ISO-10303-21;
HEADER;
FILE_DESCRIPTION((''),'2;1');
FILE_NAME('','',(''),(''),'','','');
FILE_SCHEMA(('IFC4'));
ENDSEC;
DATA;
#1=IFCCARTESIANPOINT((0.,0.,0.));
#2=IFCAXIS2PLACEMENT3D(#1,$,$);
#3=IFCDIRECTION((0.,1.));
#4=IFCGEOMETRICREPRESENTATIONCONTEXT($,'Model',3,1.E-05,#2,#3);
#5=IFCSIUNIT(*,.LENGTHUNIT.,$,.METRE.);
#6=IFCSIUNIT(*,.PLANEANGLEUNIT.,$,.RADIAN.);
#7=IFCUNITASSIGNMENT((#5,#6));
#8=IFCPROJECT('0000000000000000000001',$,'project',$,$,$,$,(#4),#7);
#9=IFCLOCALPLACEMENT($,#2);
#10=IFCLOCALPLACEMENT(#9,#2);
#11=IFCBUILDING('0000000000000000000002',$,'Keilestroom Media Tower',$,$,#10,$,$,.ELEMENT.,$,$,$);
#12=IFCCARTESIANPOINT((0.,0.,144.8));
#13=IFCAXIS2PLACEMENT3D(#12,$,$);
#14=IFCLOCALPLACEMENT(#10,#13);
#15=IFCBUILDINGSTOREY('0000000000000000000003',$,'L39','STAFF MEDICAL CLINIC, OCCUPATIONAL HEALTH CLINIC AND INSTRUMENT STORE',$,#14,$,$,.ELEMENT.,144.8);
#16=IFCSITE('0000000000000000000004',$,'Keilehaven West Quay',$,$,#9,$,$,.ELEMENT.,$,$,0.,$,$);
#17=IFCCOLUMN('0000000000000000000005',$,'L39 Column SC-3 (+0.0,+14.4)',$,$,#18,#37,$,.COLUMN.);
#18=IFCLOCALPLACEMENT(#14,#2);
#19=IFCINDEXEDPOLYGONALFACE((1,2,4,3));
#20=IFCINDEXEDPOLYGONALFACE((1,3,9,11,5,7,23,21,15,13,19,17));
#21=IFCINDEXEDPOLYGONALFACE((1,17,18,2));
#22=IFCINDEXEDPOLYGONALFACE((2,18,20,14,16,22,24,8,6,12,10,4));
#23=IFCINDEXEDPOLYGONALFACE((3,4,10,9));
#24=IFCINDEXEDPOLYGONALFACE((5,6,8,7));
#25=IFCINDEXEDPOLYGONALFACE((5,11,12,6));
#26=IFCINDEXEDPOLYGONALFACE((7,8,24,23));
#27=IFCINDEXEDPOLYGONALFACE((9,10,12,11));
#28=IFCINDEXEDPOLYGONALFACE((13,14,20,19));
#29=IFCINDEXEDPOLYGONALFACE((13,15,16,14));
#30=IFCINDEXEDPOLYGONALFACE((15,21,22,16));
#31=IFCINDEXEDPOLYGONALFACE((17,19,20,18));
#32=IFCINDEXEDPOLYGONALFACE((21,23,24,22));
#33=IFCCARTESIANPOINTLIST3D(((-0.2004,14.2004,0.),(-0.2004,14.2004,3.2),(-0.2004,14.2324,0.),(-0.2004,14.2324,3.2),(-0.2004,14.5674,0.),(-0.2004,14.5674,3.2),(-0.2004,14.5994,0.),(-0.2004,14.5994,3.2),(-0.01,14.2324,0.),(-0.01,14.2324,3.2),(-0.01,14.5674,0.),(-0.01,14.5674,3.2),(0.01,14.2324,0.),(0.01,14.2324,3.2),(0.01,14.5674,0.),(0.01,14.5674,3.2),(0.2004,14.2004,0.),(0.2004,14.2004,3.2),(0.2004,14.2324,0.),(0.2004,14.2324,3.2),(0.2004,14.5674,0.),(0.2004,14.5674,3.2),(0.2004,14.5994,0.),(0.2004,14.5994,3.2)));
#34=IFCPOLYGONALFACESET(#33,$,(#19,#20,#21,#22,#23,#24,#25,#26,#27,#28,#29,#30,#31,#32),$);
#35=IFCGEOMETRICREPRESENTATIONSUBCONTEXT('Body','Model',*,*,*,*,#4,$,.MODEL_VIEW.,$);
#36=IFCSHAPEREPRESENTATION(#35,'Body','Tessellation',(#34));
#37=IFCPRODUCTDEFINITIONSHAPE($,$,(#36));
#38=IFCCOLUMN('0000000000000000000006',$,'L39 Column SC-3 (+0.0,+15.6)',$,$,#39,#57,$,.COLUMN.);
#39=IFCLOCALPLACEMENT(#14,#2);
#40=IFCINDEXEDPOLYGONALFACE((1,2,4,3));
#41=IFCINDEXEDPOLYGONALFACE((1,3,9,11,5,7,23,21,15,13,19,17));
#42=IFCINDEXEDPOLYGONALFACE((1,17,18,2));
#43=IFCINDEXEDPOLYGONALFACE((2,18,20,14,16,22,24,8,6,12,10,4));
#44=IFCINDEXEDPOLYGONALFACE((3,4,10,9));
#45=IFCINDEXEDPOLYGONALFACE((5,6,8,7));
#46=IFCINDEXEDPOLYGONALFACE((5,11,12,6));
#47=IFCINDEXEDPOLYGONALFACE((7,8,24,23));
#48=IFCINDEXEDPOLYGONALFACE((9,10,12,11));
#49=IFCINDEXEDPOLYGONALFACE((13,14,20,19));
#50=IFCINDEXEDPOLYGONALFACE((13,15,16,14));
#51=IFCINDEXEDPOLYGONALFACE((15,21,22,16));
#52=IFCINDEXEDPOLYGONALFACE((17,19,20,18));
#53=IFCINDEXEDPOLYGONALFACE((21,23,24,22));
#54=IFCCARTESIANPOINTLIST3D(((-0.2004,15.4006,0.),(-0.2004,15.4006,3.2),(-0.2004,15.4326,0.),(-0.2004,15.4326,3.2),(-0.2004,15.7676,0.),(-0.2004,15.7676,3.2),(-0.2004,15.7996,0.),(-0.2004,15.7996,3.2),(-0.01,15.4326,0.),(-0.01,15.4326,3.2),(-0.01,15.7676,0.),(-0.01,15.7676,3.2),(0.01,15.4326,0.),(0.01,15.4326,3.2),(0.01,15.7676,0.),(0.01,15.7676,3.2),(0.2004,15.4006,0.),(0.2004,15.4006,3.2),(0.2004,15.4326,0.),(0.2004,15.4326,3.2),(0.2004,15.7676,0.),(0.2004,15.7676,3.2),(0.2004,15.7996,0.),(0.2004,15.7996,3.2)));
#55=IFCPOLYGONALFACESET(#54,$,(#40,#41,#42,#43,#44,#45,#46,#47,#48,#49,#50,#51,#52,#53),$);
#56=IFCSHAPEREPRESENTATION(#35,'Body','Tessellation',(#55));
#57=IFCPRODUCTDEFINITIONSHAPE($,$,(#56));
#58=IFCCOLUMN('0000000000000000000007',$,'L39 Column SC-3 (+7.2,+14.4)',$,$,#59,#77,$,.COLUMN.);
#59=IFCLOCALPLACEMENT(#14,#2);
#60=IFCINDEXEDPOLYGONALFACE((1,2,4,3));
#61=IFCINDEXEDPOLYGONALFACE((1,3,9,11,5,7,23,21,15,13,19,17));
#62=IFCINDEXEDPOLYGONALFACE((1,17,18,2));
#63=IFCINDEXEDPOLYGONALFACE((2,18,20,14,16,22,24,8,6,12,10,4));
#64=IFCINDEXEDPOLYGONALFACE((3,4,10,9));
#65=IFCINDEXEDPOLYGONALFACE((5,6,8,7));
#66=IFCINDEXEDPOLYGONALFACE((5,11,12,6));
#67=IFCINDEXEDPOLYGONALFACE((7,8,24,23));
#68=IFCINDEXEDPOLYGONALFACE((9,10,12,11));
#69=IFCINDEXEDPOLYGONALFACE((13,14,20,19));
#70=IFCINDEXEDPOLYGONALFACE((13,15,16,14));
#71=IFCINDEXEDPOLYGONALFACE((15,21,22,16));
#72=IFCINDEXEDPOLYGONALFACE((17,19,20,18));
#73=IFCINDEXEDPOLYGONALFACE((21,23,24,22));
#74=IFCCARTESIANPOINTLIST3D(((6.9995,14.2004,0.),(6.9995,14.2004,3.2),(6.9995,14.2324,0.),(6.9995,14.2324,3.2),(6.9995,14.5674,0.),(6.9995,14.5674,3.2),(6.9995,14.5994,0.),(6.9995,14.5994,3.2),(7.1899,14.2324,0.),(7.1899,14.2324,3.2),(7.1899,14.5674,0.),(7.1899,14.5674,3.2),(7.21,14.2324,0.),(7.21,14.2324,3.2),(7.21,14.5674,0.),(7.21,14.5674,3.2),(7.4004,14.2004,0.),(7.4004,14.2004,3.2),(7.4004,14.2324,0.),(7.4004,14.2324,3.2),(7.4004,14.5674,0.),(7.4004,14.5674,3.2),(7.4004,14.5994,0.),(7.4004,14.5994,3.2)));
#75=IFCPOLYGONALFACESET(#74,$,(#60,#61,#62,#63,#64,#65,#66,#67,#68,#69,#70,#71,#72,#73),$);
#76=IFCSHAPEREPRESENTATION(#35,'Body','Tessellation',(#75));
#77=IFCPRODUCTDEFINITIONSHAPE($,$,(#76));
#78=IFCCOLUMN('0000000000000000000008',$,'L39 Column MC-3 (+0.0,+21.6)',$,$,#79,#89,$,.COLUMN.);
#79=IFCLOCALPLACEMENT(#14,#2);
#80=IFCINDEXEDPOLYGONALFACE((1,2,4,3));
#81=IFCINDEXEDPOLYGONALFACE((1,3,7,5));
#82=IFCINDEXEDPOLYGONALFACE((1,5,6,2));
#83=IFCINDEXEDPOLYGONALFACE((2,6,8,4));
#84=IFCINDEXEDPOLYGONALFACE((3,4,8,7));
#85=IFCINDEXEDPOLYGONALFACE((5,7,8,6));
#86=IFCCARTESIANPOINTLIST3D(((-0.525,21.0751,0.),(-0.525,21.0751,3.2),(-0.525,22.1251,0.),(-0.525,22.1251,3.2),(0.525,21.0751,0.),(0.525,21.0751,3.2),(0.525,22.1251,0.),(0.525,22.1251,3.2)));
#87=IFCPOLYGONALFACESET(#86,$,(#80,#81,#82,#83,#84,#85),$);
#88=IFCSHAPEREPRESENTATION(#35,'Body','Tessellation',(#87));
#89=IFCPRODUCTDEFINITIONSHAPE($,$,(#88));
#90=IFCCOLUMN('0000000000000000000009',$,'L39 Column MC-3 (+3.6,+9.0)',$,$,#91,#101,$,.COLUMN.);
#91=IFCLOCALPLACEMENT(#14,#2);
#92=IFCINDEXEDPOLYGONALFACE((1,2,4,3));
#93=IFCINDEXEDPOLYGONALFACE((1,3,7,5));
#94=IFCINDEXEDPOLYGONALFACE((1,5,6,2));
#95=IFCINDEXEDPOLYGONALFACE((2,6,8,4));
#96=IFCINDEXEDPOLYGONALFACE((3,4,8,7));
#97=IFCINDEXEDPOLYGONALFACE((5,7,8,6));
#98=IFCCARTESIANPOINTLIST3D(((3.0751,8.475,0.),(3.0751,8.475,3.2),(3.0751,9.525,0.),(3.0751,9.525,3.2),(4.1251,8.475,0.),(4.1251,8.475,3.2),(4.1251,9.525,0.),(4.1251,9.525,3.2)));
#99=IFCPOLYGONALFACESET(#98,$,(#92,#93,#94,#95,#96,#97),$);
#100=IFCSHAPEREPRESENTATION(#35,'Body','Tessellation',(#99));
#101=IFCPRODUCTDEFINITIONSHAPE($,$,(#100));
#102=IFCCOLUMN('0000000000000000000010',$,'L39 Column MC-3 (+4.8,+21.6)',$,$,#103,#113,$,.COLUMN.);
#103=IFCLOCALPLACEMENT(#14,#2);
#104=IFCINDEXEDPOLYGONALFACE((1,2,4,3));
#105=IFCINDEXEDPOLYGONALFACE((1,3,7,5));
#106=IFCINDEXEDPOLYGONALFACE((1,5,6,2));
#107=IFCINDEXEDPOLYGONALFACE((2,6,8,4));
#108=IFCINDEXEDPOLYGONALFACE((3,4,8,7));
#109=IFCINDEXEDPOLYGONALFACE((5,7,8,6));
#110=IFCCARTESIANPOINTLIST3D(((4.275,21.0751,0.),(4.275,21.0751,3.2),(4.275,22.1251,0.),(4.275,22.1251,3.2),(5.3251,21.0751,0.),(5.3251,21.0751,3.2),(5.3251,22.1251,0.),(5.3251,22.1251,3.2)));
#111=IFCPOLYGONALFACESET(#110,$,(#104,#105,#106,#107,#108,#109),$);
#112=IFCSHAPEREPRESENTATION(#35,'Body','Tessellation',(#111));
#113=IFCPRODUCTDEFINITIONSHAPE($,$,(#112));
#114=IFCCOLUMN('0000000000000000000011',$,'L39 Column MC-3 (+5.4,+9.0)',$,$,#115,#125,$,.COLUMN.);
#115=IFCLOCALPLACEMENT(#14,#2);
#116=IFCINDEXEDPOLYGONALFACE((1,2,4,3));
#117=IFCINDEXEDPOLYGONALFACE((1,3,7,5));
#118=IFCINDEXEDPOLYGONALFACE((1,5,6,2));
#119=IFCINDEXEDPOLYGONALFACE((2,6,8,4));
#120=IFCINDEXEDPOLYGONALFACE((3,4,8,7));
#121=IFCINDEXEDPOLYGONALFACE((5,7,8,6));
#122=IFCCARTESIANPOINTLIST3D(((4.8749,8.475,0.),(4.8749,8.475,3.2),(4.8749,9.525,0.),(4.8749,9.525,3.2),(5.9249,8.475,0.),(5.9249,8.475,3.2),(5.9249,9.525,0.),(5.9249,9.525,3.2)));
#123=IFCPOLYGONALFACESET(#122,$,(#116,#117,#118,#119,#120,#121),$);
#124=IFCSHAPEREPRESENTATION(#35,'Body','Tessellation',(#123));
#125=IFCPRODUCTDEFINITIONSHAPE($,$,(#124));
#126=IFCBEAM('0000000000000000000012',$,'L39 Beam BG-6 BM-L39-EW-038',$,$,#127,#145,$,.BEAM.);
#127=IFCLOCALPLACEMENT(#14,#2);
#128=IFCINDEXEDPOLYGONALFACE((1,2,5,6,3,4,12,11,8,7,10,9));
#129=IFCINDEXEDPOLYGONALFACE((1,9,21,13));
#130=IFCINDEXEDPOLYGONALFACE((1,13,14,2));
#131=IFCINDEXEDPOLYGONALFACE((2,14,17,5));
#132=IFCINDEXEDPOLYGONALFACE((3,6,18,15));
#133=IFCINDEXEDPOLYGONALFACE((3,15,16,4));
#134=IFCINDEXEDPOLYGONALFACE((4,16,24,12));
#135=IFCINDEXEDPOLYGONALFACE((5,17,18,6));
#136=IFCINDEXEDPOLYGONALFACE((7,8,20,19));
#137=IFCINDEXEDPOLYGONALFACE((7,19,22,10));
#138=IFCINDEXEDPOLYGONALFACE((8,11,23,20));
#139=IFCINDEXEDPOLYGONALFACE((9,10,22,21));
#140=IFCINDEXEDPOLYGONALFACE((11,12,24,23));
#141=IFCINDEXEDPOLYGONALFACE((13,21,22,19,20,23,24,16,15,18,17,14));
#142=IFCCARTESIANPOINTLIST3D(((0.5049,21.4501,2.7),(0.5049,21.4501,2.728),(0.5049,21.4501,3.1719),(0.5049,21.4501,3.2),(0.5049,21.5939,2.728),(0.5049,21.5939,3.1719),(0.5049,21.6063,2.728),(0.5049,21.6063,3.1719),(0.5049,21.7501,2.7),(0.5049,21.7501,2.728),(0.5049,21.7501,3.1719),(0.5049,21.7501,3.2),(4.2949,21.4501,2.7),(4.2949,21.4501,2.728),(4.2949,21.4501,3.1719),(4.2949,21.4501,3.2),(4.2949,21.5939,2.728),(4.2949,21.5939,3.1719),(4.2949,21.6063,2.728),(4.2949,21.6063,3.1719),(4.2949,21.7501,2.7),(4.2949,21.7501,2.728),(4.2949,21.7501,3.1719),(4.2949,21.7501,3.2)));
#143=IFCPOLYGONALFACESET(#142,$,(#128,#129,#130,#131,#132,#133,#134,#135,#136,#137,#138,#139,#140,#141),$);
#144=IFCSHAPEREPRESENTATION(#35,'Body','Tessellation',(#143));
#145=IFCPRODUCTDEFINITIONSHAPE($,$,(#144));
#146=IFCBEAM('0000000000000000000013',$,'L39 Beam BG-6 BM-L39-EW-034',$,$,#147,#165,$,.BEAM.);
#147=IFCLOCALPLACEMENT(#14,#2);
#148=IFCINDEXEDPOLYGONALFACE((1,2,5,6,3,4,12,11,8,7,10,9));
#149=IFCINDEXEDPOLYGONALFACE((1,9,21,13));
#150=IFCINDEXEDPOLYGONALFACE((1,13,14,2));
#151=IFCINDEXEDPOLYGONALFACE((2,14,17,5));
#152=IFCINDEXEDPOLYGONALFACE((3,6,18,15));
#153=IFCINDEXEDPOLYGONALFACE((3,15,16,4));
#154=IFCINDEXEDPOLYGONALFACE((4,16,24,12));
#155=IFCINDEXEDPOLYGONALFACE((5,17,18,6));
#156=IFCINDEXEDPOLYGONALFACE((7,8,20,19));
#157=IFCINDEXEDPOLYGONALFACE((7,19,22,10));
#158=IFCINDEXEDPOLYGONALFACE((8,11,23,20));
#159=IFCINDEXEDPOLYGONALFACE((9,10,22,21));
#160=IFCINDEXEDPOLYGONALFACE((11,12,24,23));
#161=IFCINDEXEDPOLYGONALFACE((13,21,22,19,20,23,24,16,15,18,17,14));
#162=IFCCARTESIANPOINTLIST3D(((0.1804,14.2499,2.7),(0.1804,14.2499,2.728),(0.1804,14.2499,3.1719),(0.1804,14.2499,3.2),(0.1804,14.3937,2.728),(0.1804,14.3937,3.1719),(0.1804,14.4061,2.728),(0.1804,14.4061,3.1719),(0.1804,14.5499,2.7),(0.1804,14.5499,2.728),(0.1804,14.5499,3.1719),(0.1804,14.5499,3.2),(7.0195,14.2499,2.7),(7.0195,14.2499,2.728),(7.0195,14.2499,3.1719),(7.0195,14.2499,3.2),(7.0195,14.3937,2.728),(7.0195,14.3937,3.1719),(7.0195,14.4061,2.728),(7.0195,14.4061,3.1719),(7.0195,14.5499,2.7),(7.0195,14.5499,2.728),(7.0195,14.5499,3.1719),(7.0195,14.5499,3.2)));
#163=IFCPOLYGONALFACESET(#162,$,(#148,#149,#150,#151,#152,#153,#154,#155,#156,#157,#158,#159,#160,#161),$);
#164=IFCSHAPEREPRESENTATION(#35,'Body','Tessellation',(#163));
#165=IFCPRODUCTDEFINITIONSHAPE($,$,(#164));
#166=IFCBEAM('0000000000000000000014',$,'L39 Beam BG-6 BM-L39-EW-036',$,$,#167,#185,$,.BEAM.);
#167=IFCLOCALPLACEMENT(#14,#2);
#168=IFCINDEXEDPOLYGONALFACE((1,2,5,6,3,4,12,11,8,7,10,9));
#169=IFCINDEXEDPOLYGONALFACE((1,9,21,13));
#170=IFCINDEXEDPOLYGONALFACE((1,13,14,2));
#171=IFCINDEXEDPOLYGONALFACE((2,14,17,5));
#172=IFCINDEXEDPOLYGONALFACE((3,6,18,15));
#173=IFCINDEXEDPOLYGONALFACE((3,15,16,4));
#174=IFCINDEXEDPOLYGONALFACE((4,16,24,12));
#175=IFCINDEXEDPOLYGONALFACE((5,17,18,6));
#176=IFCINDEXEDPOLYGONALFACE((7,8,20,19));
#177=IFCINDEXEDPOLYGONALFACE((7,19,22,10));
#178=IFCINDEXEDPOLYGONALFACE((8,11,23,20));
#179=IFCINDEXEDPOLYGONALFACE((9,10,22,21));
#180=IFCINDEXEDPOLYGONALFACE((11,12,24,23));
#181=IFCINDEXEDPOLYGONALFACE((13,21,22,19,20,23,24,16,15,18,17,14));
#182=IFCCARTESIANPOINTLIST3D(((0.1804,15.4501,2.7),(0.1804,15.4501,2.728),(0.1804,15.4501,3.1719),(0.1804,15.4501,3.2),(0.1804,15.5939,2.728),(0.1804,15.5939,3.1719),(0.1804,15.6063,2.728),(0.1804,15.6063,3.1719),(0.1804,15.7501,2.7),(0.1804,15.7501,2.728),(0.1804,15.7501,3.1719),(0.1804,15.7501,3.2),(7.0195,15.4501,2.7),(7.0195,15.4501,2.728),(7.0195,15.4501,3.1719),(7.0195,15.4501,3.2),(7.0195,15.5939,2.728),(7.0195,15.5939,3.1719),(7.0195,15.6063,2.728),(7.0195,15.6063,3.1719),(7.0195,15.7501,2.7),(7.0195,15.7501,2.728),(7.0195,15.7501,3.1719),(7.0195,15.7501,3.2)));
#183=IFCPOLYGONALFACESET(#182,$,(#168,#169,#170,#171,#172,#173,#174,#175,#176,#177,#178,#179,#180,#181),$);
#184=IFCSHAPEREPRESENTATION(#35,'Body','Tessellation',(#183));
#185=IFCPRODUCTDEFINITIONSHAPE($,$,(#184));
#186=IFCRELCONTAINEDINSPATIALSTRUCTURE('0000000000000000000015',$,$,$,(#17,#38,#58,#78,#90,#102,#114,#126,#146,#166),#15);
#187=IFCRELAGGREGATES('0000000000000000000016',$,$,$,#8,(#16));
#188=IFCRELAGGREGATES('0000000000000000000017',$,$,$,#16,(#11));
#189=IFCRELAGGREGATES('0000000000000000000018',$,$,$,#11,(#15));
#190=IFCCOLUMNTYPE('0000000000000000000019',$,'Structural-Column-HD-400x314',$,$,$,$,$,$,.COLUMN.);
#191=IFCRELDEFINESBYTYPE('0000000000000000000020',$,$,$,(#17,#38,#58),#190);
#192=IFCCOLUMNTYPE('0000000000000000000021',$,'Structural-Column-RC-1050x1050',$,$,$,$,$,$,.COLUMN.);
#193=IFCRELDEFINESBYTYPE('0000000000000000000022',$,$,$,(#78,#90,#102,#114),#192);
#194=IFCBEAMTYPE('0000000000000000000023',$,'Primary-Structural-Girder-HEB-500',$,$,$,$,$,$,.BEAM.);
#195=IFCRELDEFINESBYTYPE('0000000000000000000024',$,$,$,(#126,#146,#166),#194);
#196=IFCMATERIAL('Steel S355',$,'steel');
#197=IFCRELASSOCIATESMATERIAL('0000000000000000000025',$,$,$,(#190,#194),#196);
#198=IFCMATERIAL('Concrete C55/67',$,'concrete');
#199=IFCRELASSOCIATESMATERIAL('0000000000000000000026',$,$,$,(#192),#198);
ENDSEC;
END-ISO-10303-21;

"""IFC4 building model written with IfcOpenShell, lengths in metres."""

from ifc_helpers import new_model, si_unit, direction, frame, origin, origin_2d, place, context, subcontext, project, spatial, rectangle, i_section, extrude, source, transform, mapped, material, material_profile, profile_set, type_object, element, save


model = new_model("IFC4")

# Units and contexts
model_context = context("Model", 3, precision=1e-05, world=origin(), true_north=direction((0.0, 1.0)))
body_context = subcontext(model_context, "Body", "Model", "MODEL_VIEW")
ifc_project = project(units=[si_unit("LENGTHUNIT", "METRE"), si_unit("PLANEANGLEUNIT", "RADIAN")], contexts=[model_context])

# Site, building, storey
site_placement = place(None, origin())
site = spatial("IfcSite", under=ifc_project, at=site_placement, Name="Keilehaven West Quay", CompositionType="ELEMENT", RefElevation=0.0)
building_placement = place(site_placement, origin())
building = spatial("IfcBuilding", under=site, at=building_placement, Name="Keilestroom Media Tower", CompositionType="ELEMENT")
storey_placement = place(building_placement, frame((0.0, 0.0, 144.8)))
storey = spatial("IfcBuildingStorey", under=building, at=storey_placement, Name="L39", Description="STAFF MEDICAL CLINIC, OCCUPATIONAL HEALTH CLINIC AND INSTRUMENT STORE", CompositionType="ELEMENT", Elevation=144.8)

# Columns
ifc_material_1 = material(Name="Steel S355", Category="steel")
ifc_material_profile_1 = material_profile(ifc_material_1, i_section(OverallWidth=0.4009, OverallDepth=0.3989, WebThickness=0.02, FlangeThickness=0.032, at=origin_2d()), Name="HD 400x314")
ifc_profile_set_1 = profile_set([ifc_material_profile_1], Name="Steel S355")
column_type_1 = type_object("IfcColumnType", Name="Structural-Column-HD-400x314", PredefinedType="COLUMN", material=ifc_profile_set_1)
shared_shape_1 = source(origin(), body_context, "Body", "SweptSolid", [
    extrude(i_section(OverallWidth=0.4009, OverallDepth=0.3989, WebThickness=0.02, FlangeThickness=0.032, at=origin_2d()), origin(), (0.0, 0.0, 1.0), 3.2),
])
for number, where, z_axis, x_axis, name in (
    (1, (0.0, 14.3999, 0.0), (0.0, 0.0, 1.0), (1.0, 0.0, 0.0), "L39 Column SC-3 (+0.0,+14.4)"),
    (2, (0.0, 15.6001, 0.0), (0.0, 0.0, 1.0), (1.0, 0.0, 0.0), "L39 Column SC-3 (+0.0,+15.6)"),
    (3, (7.2, 14.3999, 0.0), (0.0, 0.0, 1.0), (1.0, 0.0, 0.0), "L39 Column SC-3 (+7.2,+14.4)"),
):
    element("IfcColumn", number, at=place(storey_placement, frame(where, z_axis=z_axis, x_axis=x_axis)), inside=storey, type_object=column_type_1, Name=name, PredefinedType="COLUMN", context=body_context, shape_type="MappedRepresentation", body=[
        mapped(shared_shape_1, transform((0.0, 0.0, 0.0), x_axis=(1.0, 0.0, 0.0), y_axis=(0.0, 1.0, 0.0), z_axis=(0.0, 0.0, 1.0), scale=1.0)),
    ])
ifc_material_2 = material(Name="Concrete C55/67", Category="concrete")
ifc_material_profile_2 = material_profile(ifc_material_2, rectangle(XDim=1.05, YDim=1.05, at=origin_2d()), Name="RC 1050x1050")
ifc_profile_set_2 = profile_set([ifc_material_profile_2], Name="Concrete C55/67")
column_type_2 = type_object("IfcColumnType", Name="Structural-Column-RC-1050x1050", PredefinedType="COLUMN", material=ifc_profile_set_2)
shared_shape_2 = source(origin(), body_context, "Body", "SweptSolid", [
    extrude(rectangle(XDim=1.05, YDim=1.05, at=origin_2d()), origin(), (0.0, 0.0, 1.0), 3.2),
])
for number, where, z_axis, x_axis, name in (
    (4, (0.0, 21.6001, 0.0), (0.0, 0.0, 1.0), (1.0, 0.0, 0.0), "L39 Column MC-3 (+0.0,+21.6)"),
    (5, (3.6001, 9.0, 0.0), (0.0, 0.0, 1.0), (1.0, 0.0, 0.0), "L39 Column MC-3 (+3.6,+9.0)"),
    (6, (4.8, 21.6001, 0.0), (0.0, 0.0, 1.0), (1.0, 0.0, 0.0), "L39 Column MC-3 (+4.8,+21.6)"),
    (7, (5.3999, 9.0, 0.0), (0.0, 0.0, 1.0), (1.0, 0.0, 0.0), "L39 Column MC-3 (+5.4,+9.0)"),
):
    element("IfcColumn", number, at=place(storey_placement, frame(where, z_axis=z_axis, x_axis=x_axis)), inside=storey, type_object=column_type_2, Name=name, PredefinedType="COLUMN", context=body_context, shape_type="MappedRepresentation", body=[
        mapped(shared_shape_2, transform((0.0, 0.0, 0.0), x_axis=(1.0, 0.0, 0.0), y_axis=(0.0, 1.0, 0.0), z_axis=(0.0, 0.0, 1.0), scale=1.0)),
    ])

# Beams
ifc_material_profile_3 = material_profile(ifc_material_1, i_section(OverallWidth=0.3, OverallDepth=0.5, WebThickness=0.0125, FlangeThickness=0.0281, at=origin_2d()), Name="HEB 500")
ifc_profile_set_3 = profile_set([ifc_material_profile_3], Name="Steel S355")
beam_type_1 = type_object("IfcBeamType", Name="Primary-Structural-Girder-HEB-500", PredefinedType="BEAM", material=ifc_profile_set_3)
shared_shape_3 = source(origin(), body_context, "Body", "SweptSolid", [
    extrude(i_section(OverallWidth=0.3, OverallDepth=0.5, WebThickness=0.0125, FlangeThickness=0.0281, at=origin_2d()), origin(), (0.0, 0.0, 1.0), 3.79),
])
beam_1_placement = place(storey_placement, frame((0.5049, 21.6001, 2.95), z_axis=(1.0, 0.0, 0.0), x_axis=(0.0, 1.0, 0.0)))
element("IfcBeam", 8, at=beam_1_placement, inside=storey, type_object=beam_type_1, Name="L39 Beam BG-6 BM-L39-EW-038", PredefinedType="BEAM", context=body_context, shape_type="MappedRepresentation", body=[
    mapped(shared_shape_3, transform((0.0, 0.0, 0.0), x_axis=(1.0, 0.0, 0.0), y_axis=(0.0, 1.0, 0.0), z_axis=(0.0, 0.0, 1.0), scale=1.0)),
])
shared_shape_4 = source(origin(), body_context, "Body", "SweptSolid", [
    extrude(i_section(OverallWidth=0.3, OverallDepth=0.5, WebThickness=0.0125, FlangeThickness=0.0281, at=origin_2d()), origin(), (0.0, 0.0, 1.0), 6.8391),
])
for number, where, z_axis, x_axis, name in (
    (9, (0.1804, 14.3999, 2.95), (1.0, 0.0, 0.0), (0.0, 1.0, 0.0), "L39 Beam BG-6 BM-L39-EW-034"),
    (10, (0.1804, 15.6001, 2.95), (1.0, 0.0, 0.0), (0.0, 1.0, 0.0), "L39 Beam BG-6 BM-L39-EW-036"),
):
    element("IfcBeam", number, at=place(storey_placement, frame(where, z_axis=z_axis, x_axis=x_axis)), inside=storey, type_object=beam_type_1, Name=name, PredefinedType="BEAM", context=body_context, shape_type="MappedRepresentation", body=[
        mapped(shared_shape_4, transform((0.0, 0.0, 0.0), x_axis=(1.0, 0.0, 0.0), y_axis=(0.0, 1.0, 0.0), z_axis=(0.0, 0.0, 1.0), scale=1.0)),
    ])

save(model, "model.ifc")
